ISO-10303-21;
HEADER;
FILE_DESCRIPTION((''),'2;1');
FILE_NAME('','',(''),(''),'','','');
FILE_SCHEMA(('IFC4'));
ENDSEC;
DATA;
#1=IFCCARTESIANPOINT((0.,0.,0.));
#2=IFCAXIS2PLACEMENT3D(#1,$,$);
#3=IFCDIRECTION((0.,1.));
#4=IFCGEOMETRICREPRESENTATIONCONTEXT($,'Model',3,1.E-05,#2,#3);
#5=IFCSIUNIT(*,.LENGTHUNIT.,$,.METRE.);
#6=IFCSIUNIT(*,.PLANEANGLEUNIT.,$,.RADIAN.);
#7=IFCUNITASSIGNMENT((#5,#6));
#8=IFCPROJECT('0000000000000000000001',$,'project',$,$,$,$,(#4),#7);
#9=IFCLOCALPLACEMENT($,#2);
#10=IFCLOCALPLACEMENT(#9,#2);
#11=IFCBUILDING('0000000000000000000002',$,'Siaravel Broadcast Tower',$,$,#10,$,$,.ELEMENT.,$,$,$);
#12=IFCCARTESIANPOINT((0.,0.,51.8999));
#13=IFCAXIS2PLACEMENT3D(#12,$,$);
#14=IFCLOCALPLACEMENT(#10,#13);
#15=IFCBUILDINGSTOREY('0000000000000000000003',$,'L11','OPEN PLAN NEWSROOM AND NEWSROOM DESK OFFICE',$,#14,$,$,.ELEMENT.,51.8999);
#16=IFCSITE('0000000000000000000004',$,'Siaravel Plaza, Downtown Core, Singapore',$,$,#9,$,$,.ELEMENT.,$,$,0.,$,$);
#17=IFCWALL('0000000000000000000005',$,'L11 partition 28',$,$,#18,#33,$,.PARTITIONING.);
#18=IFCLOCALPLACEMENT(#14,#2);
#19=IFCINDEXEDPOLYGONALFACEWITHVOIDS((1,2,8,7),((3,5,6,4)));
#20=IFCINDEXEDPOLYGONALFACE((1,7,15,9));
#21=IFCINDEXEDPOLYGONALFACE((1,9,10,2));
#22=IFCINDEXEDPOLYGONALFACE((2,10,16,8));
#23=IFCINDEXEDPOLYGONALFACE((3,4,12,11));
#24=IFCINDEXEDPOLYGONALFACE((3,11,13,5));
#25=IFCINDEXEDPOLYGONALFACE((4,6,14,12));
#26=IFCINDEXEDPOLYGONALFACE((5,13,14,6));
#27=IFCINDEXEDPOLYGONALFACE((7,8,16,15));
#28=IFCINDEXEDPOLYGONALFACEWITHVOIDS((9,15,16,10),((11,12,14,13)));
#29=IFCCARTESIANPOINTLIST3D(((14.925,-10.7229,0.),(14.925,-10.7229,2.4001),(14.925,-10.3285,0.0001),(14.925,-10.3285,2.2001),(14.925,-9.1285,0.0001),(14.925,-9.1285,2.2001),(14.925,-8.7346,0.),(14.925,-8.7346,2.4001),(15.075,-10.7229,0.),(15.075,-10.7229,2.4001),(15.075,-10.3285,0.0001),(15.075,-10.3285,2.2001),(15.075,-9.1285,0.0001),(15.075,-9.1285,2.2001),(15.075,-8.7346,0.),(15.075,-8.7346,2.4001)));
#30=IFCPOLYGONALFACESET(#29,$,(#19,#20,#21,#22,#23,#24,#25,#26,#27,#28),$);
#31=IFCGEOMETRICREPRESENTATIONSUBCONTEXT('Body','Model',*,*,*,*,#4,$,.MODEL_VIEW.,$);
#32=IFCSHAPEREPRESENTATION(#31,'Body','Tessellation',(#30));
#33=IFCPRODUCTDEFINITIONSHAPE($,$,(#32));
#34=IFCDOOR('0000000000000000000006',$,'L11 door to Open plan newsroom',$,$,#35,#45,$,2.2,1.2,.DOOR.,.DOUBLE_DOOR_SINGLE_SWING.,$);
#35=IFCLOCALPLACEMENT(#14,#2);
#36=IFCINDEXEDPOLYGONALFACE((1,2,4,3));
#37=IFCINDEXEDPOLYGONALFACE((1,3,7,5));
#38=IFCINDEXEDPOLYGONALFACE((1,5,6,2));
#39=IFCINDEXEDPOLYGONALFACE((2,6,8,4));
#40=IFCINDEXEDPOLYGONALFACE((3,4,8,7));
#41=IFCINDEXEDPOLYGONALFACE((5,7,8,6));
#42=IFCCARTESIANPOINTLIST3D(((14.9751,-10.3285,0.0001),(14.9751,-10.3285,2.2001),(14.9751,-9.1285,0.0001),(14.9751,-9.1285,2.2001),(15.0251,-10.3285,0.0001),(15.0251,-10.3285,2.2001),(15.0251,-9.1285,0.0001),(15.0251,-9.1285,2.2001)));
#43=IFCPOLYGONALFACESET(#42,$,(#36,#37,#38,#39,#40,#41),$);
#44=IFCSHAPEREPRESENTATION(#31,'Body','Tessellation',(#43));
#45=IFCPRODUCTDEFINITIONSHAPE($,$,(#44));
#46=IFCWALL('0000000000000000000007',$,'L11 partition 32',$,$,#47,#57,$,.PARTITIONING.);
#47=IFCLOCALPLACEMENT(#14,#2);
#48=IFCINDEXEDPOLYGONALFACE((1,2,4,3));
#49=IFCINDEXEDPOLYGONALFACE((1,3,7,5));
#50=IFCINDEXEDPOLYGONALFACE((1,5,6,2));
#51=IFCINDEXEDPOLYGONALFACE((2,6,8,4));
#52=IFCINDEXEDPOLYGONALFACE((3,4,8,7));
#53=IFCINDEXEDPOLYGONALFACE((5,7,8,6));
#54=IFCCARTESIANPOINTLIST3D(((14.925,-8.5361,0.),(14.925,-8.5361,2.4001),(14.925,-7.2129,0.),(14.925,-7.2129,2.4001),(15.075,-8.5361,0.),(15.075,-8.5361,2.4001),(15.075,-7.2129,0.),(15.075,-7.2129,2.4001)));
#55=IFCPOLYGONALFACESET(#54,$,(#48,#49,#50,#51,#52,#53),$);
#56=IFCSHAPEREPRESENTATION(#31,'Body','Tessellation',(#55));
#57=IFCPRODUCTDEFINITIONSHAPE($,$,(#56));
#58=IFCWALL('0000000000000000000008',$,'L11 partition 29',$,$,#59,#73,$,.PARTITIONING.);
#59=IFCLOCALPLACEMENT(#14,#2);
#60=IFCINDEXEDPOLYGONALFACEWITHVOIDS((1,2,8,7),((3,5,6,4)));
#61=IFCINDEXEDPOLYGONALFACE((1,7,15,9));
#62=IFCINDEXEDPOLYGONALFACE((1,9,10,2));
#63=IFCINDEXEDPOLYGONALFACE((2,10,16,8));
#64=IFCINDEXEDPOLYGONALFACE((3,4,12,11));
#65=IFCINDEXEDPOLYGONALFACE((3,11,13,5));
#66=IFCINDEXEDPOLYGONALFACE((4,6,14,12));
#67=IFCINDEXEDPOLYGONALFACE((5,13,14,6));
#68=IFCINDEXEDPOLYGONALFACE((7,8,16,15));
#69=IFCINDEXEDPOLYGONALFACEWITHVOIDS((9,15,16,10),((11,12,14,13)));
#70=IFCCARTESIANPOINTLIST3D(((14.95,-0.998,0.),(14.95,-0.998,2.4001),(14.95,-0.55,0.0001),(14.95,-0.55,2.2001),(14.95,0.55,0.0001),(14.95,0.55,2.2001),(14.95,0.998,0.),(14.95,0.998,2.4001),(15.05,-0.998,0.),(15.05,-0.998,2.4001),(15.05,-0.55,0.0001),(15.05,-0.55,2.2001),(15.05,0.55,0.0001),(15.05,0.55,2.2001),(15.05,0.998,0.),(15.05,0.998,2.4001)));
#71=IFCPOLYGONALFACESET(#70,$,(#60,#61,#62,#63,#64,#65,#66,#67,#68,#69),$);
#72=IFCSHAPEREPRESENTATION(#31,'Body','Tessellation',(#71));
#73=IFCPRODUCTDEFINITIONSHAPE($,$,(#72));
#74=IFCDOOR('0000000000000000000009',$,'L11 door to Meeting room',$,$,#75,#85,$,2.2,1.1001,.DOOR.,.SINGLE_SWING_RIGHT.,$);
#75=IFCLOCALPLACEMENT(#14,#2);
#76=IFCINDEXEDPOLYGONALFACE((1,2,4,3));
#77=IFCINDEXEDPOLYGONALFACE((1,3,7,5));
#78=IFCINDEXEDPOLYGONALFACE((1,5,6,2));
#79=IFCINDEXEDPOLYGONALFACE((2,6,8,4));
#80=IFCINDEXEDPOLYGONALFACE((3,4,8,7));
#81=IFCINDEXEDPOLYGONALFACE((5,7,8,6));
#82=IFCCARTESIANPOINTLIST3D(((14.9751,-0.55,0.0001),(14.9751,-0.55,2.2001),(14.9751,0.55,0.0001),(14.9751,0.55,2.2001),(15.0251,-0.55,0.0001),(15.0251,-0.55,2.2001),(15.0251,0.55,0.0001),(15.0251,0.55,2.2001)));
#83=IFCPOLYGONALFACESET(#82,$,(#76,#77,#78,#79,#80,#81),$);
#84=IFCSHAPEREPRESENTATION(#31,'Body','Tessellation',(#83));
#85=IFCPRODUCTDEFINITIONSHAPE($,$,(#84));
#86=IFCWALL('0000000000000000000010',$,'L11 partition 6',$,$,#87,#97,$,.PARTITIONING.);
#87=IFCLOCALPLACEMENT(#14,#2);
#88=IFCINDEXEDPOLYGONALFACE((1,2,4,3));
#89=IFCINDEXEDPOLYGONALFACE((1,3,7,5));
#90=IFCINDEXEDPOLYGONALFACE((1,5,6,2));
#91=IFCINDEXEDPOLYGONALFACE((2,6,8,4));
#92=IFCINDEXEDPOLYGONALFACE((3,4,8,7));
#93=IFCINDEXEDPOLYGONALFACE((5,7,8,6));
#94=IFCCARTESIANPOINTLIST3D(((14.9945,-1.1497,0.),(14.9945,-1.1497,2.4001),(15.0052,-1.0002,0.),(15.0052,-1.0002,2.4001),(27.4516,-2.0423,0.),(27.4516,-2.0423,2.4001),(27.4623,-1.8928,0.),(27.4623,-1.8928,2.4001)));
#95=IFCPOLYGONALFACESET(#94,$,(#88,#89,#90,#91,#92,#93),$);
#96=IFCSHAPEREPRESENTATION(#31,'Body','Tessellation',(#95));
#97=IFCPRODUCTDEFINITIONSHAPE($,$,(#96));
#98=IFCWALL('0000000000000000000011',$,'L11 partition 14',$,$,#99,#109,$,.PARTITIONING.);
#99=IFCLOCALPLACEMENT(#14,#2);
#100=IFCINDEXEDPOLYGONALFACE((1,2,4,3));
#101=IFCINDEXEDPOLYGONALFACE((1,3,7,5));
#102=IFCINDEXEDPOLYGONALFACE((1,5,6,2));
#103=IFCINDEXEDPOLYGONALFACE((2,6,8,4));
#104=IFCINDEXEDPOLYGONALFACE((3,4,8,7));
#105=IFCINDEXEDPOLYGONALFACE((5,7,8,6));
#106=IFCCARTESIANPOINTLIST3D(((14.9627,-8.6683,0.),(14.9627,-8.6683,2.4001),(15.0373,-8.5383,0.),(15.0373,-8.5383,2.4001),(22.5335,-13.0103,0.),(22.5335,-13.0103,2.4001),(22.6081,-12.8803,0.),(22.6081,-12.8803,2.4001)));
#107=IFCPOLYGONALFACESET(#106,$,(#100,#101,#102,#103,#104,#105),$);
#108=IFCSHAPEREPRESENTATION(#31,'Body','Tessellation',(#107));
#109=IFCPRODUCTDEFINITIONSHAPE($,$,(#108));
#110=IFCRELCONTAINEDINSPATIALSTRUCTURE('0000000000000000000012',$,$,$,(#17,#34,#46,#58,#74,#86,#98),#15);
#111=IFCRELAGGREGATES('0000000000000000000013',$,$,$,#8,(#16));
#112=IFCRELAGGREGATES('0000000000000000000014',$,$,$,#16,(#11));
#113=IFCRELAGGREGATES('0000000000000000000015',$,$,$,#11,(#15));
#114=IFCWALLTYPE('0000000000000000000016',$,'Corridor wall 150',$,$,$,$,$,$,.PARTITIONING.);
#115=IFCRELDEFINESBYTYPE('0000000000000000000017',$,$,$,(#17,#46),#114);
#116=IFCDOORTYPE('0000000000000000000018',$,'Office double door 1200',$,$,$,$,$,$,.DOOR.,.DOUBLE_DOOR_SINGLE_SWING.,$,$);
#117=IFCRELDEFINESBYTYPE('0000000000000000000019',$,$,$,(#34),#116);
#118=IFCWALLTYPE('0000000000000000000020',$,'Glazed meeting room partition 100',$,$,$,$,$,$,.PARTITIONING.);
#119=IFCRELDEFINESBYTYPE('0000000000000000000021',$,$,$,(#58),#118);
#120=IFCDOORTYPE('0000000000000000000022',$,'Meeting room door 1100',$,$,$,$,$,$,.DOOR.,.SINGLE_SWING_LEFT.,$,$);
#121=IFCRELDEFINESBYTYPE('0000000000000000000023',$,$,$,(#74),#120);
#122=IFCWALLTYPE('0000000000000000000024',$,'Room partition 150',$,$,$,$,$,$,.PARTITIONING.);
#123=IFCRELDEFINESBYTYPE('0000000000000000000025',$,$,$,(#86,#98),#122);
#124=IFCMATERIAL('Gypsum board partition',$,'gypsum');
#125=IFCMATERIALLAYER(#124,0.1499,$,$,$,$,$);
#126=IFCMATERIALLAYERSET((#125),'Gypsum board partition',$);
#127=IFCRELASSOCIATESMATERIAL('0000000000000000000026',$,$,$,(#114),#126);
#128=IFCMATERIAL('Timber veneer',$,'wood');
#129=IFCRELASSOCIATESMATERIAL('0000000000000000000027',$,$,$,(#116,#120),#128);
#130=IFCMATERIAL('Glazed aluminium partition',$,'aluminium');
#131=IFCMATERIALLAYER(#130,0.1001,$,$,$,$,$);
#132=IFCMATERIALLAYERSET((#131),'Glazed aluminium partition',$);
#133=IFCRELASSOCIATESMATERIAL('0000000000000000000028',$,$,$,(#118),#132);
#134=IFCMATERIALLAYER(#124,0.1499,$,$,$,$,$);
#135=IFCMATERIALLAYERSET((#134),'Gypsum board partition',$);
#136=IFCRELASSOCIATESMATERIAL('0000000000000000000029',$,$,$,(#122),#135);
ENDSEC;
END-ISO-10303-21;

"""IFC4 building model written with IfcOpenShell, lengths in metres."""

from ifc_helpers import new_model, si_unit, direction, frame, frame_2d, origin, place, context, subcontext, project, spatial, rectangle, extrude, material, layer, layer_set, type_object, element, fill, save


model = new_model("IFC4")

# Units and contexts
model_context = context("Model", 3, precision=1e-05, world=origin(), true_north=direction((0.0, 1.0)))
body_context = subcontext(model_context, "Body", "Model", "MODEL_VIEW")
ifc_project = project(units=[si_unit("LENGTHUNIT", "METRE"), si_unit("PLANEANGLEUNIT", "RADIAN")], contexts=[model_context])

# Site, building, storey
site_placement = place(None, origin())
site = spatial("IfcSite", under=ifc_project, at=site_placement, Name="Siaravel Plaza, Downtown Core, Singapore", CompositionType="ELEMENT", RefElevation=0.0)
building_placement = place(site_placement, origin())
building = spatial("IfcBuilding", under=site, at=building_placement, Name="Siaravel Broadcast Tower", CompositionType="ELEMENT")
storey_placement = place(building_placement, frame((0.0, 0.0, 51.8999)))
storey = spatial("IfcBuildingStorey", under=building, at=storey_placement, Name="L11", Description="OPEN PLAN NEWSROOM AND NEWSROOM DESK OFFICE", CompositionType="ELEMENT", Elevation=51.8999)

# Wall, opening, door
ifc_material_1 = material(Name="Gypsum board partition", Category="gypsum")
ifc_layer_1 = layer(ifc_material_1, 0.1499)
ifc_layer_set_1 = layer_set([ifc_layer_1], Name="Gypsum board partition")
wall_type_1 = type_object("IfcWallType", Name="Corridor wall 150", PredefinedType="PARTITIONING", material=ifc_layer_set_1)
ifc_material_2 = material(Name="Timber veneer", Category="wood")
door_type_1 = type_object("IfcDoorType", Name="Office double door 1200", OperationType="DOUBLE_DOOR_SINGLE_SWING", PredefinedType="DOOR", material=ifc_material_2)
wall_1_placement = place(storey_placement, frame((15.0, -10.7229, 0.0), z_axis=(0.0, 0.0, 1.0), x_axis=(0.0, 1.0, 0.0)))
wall_1 = element("IfcWall", 1, at=wall_1_placement, inside=storey, type_object=wall_type_1, Name="L11 partition 28", PredefinedType="PARTITIONING", context=body_context, shape_type="SweptSolid", body=[
    extrude(rectangle(XDim=1.9883, YDim=0.1499, at=frame_2d((0.9941, 0.0))), origin(), (0.0, 0.0, 1.0), 2.4001),
])
opening_1_placement = place(wall_1_placement, frame((0.3943, 0.0, 0.0)))
opening_1 = element("IfcOpeningElement", 2, at=opening_1_placement, cuts=wall_1, PredefinedType="OPENING", context=body_context, shape_type="SweptSolid", body=[
    extrude(rectangle(XDim=1.2, YDim=2.2, at=frame_2d((0.6001, 1.1001))), frame((0.0, 0.085, 0.0), z_axis=(0.0, -1.0, 0.0), x_axis=(1.0, 0.0, 0.0)), (0.0, 0.0, 1.0), 0.1699),
])
door_1_placement = place(opening_1_placement, origin())
door_1 = element("IfcDoor", 3, at=door_1_placement, inside=storey, type_object=door_type_1, Name="L11 door to Open plan newsroom", OperationType="DOUBLE_DOOR_SINGLE_SWING", OverallHeight=2.2, OverallWidth=1.2, PredefinedType="DOOR", context=body_context, shape_type="SweptSolid", body=[
    extrude(rectangle(XDim=1.2, YDim=2.2, at=frame_2d((0.6001, 1.1001))), frame((0.0, 0.0249, 0.0), z_axis=(0.0, -1.0, 0.0), x_axis=(1.0, 0.0, 0.0)), (0.0, 0.0, 1.0), 0.05),
])
fill(opening_1, door_1)

# Wall
wall_2_placement = place(storey_placement, frame((15.0, -8.5361, 0.0), z_axis=(0.0, 0.0, 1.0), x_axis=(0.0, 1.0, 0.0)))
element("IfcWall", 4, at=wall_2_placement, inside=storey, type_object=wall_type_1, Name="L11 partition 32", PredefinedType="PARTITIONING", context=body_context, shape_type="SweptSolid", body=[
    extrude(rectangle(XDim=1.3232, YDim=0.1499, at=frame_2d((0.6616, 0.0))), origin(), (0.0, 0.0, 1.0), 2.4001),
])

# Wall, opening, door
ifc_material_3 = material(Name="Glazed aluminium partition", Category="aluminium")
ifc_layer_2 = layer(ifc_material_3, 0.1001)
ifc_layer_set_2 = layer_set([ifc_layer_2], Name="Glazed aluminium partition")
wall_type_2 = type_object("IfcWallType", Name="Glazed meeting room partition 100", PredefinedType="PARTITIONING", material=ifc_layer_set_2)
wall_3_placement = place(storey_placement, frame((15.0, -0.998, 0.0), z_axis=(0.0, 0.0, 1.0), x_axis=(0.0, 1.0, 0.0)))
wall_3 = element("IfcWall", 5, at=wall_3_placement, inside=storey, type_object=wall_type_2, Name="L11 partition 29", PredefinedType="PARTITIONING", context=body_context, shape_type="SweptSolid", body=[
    extrude(rectangle(XDim=1.9961, YDim=0.1001, at=frame_2d((0.998, 0.0))), origin(), (0.0, 0.0, 1.0), 2.4001),
])
opening_2_placement = place(wall_3_placement, frame((0.448, 0.0, 0.0)))
opening_2 = element("IfcOpeningElement", 6, at=opening_2_placement, cuts=wall_3, PredefinedType="OPENING", context=body_context, shape_type="SweptSolid", body=[
    extrude(rectangle(XDim=1.1001, YDim=2.2, at=frame_2d((0.55, 1.1001))), frame((0.0, 0.0601, 0.0), z_axis=(0.0, -1.0, 0.0), x_axis=(1.0, 0.0, 0.0)), (0.0, 0.0, 1.0), 0.1201),
])
door_type_2 = type_object("IfcDoorType", Name="Meeting room door 1100", OperationType="SINGLE_SWING_LEFT", PredefinedType="DOOR", material=ifc_material_2)
door_2_placement = place(opening_2_placement, origin())
door_2 = element("IfcDoor", 7, at=door_2_placement, inside=storey, type_object=door_type_2, Name="L11 door to Meeting room", OperationType="SINGLE_SWING_RIGHT", OverallHeight=2.2, OverallWidth=1.1001, PredefinedType="DOOR", context=body_context, shape_type="SweptSolid", body=[
    extrude(rectangle(XDim=1.1001, YDim=2.2, at=frame_2d((0.55, 1.1001))), frame((0.0, 0.0249, 0.0), z_axis=(0.0, -1.0, 0.0), x_axis=(1.0, 0.0, 0.0)), (0.0, 0.0, 1.0), 0.05),
])
fill(opening_2, door_2)

# Walls
ifc_layer_3 = layer(ifc_material_1, 0.1499)
ifc_layer_set_3 = layer_set([ifc_layer_3], Name="Gypsum board partition")
wall_type_3 = type_object("IfcWallType", Name="Room partition 150", PredefinedType="PARTITIONING", material=ifc_layer_set_3)
wall_4_placement = place(storey_placement, frame((27.457, -1.9675, 0.0), z_axis=(0.0, 0.0, 1.0), x_axis=(-0.997443, 0.071469, 0.0)))
element("IfcWall", 8, at=wall_4_placement, inside=storey, type_object=wall_type_3, Name="L11 partition 6", PredefinedType="PARTITIONING", context=body_context, shape_type="SweptSolid", body=[
    extrude(rectangle(XDim=12.489, YDim=0.1499, at=frame_2d((6.2446, 0.0))), origin(), (0.0, 0.0, 1.0), 2.4001),
])
wall_5_placement = place(storey_placement, frame((22.5708, -12.9453, 0.0), z_axis=(0.0, 0.0, 1.0), x_axis=(-0.867459, 0.497509, 0.0)))
element("IfcWall", 9, at=wall_5_placement, inside=storey, type_object=wall_type_3, Name="L11 partition 14", PredefinedType="PARTITIONING", context=body_context, shape_type="SweptSolid", body=[
    extrude(rectangle(XDim=8.7275, YDim=0.1499, at=frame_2d((4.3638, 0.0))), origin(), (0.0, 0.0, 1.0), 2.4001),
])

save(model, "model.ifc")
